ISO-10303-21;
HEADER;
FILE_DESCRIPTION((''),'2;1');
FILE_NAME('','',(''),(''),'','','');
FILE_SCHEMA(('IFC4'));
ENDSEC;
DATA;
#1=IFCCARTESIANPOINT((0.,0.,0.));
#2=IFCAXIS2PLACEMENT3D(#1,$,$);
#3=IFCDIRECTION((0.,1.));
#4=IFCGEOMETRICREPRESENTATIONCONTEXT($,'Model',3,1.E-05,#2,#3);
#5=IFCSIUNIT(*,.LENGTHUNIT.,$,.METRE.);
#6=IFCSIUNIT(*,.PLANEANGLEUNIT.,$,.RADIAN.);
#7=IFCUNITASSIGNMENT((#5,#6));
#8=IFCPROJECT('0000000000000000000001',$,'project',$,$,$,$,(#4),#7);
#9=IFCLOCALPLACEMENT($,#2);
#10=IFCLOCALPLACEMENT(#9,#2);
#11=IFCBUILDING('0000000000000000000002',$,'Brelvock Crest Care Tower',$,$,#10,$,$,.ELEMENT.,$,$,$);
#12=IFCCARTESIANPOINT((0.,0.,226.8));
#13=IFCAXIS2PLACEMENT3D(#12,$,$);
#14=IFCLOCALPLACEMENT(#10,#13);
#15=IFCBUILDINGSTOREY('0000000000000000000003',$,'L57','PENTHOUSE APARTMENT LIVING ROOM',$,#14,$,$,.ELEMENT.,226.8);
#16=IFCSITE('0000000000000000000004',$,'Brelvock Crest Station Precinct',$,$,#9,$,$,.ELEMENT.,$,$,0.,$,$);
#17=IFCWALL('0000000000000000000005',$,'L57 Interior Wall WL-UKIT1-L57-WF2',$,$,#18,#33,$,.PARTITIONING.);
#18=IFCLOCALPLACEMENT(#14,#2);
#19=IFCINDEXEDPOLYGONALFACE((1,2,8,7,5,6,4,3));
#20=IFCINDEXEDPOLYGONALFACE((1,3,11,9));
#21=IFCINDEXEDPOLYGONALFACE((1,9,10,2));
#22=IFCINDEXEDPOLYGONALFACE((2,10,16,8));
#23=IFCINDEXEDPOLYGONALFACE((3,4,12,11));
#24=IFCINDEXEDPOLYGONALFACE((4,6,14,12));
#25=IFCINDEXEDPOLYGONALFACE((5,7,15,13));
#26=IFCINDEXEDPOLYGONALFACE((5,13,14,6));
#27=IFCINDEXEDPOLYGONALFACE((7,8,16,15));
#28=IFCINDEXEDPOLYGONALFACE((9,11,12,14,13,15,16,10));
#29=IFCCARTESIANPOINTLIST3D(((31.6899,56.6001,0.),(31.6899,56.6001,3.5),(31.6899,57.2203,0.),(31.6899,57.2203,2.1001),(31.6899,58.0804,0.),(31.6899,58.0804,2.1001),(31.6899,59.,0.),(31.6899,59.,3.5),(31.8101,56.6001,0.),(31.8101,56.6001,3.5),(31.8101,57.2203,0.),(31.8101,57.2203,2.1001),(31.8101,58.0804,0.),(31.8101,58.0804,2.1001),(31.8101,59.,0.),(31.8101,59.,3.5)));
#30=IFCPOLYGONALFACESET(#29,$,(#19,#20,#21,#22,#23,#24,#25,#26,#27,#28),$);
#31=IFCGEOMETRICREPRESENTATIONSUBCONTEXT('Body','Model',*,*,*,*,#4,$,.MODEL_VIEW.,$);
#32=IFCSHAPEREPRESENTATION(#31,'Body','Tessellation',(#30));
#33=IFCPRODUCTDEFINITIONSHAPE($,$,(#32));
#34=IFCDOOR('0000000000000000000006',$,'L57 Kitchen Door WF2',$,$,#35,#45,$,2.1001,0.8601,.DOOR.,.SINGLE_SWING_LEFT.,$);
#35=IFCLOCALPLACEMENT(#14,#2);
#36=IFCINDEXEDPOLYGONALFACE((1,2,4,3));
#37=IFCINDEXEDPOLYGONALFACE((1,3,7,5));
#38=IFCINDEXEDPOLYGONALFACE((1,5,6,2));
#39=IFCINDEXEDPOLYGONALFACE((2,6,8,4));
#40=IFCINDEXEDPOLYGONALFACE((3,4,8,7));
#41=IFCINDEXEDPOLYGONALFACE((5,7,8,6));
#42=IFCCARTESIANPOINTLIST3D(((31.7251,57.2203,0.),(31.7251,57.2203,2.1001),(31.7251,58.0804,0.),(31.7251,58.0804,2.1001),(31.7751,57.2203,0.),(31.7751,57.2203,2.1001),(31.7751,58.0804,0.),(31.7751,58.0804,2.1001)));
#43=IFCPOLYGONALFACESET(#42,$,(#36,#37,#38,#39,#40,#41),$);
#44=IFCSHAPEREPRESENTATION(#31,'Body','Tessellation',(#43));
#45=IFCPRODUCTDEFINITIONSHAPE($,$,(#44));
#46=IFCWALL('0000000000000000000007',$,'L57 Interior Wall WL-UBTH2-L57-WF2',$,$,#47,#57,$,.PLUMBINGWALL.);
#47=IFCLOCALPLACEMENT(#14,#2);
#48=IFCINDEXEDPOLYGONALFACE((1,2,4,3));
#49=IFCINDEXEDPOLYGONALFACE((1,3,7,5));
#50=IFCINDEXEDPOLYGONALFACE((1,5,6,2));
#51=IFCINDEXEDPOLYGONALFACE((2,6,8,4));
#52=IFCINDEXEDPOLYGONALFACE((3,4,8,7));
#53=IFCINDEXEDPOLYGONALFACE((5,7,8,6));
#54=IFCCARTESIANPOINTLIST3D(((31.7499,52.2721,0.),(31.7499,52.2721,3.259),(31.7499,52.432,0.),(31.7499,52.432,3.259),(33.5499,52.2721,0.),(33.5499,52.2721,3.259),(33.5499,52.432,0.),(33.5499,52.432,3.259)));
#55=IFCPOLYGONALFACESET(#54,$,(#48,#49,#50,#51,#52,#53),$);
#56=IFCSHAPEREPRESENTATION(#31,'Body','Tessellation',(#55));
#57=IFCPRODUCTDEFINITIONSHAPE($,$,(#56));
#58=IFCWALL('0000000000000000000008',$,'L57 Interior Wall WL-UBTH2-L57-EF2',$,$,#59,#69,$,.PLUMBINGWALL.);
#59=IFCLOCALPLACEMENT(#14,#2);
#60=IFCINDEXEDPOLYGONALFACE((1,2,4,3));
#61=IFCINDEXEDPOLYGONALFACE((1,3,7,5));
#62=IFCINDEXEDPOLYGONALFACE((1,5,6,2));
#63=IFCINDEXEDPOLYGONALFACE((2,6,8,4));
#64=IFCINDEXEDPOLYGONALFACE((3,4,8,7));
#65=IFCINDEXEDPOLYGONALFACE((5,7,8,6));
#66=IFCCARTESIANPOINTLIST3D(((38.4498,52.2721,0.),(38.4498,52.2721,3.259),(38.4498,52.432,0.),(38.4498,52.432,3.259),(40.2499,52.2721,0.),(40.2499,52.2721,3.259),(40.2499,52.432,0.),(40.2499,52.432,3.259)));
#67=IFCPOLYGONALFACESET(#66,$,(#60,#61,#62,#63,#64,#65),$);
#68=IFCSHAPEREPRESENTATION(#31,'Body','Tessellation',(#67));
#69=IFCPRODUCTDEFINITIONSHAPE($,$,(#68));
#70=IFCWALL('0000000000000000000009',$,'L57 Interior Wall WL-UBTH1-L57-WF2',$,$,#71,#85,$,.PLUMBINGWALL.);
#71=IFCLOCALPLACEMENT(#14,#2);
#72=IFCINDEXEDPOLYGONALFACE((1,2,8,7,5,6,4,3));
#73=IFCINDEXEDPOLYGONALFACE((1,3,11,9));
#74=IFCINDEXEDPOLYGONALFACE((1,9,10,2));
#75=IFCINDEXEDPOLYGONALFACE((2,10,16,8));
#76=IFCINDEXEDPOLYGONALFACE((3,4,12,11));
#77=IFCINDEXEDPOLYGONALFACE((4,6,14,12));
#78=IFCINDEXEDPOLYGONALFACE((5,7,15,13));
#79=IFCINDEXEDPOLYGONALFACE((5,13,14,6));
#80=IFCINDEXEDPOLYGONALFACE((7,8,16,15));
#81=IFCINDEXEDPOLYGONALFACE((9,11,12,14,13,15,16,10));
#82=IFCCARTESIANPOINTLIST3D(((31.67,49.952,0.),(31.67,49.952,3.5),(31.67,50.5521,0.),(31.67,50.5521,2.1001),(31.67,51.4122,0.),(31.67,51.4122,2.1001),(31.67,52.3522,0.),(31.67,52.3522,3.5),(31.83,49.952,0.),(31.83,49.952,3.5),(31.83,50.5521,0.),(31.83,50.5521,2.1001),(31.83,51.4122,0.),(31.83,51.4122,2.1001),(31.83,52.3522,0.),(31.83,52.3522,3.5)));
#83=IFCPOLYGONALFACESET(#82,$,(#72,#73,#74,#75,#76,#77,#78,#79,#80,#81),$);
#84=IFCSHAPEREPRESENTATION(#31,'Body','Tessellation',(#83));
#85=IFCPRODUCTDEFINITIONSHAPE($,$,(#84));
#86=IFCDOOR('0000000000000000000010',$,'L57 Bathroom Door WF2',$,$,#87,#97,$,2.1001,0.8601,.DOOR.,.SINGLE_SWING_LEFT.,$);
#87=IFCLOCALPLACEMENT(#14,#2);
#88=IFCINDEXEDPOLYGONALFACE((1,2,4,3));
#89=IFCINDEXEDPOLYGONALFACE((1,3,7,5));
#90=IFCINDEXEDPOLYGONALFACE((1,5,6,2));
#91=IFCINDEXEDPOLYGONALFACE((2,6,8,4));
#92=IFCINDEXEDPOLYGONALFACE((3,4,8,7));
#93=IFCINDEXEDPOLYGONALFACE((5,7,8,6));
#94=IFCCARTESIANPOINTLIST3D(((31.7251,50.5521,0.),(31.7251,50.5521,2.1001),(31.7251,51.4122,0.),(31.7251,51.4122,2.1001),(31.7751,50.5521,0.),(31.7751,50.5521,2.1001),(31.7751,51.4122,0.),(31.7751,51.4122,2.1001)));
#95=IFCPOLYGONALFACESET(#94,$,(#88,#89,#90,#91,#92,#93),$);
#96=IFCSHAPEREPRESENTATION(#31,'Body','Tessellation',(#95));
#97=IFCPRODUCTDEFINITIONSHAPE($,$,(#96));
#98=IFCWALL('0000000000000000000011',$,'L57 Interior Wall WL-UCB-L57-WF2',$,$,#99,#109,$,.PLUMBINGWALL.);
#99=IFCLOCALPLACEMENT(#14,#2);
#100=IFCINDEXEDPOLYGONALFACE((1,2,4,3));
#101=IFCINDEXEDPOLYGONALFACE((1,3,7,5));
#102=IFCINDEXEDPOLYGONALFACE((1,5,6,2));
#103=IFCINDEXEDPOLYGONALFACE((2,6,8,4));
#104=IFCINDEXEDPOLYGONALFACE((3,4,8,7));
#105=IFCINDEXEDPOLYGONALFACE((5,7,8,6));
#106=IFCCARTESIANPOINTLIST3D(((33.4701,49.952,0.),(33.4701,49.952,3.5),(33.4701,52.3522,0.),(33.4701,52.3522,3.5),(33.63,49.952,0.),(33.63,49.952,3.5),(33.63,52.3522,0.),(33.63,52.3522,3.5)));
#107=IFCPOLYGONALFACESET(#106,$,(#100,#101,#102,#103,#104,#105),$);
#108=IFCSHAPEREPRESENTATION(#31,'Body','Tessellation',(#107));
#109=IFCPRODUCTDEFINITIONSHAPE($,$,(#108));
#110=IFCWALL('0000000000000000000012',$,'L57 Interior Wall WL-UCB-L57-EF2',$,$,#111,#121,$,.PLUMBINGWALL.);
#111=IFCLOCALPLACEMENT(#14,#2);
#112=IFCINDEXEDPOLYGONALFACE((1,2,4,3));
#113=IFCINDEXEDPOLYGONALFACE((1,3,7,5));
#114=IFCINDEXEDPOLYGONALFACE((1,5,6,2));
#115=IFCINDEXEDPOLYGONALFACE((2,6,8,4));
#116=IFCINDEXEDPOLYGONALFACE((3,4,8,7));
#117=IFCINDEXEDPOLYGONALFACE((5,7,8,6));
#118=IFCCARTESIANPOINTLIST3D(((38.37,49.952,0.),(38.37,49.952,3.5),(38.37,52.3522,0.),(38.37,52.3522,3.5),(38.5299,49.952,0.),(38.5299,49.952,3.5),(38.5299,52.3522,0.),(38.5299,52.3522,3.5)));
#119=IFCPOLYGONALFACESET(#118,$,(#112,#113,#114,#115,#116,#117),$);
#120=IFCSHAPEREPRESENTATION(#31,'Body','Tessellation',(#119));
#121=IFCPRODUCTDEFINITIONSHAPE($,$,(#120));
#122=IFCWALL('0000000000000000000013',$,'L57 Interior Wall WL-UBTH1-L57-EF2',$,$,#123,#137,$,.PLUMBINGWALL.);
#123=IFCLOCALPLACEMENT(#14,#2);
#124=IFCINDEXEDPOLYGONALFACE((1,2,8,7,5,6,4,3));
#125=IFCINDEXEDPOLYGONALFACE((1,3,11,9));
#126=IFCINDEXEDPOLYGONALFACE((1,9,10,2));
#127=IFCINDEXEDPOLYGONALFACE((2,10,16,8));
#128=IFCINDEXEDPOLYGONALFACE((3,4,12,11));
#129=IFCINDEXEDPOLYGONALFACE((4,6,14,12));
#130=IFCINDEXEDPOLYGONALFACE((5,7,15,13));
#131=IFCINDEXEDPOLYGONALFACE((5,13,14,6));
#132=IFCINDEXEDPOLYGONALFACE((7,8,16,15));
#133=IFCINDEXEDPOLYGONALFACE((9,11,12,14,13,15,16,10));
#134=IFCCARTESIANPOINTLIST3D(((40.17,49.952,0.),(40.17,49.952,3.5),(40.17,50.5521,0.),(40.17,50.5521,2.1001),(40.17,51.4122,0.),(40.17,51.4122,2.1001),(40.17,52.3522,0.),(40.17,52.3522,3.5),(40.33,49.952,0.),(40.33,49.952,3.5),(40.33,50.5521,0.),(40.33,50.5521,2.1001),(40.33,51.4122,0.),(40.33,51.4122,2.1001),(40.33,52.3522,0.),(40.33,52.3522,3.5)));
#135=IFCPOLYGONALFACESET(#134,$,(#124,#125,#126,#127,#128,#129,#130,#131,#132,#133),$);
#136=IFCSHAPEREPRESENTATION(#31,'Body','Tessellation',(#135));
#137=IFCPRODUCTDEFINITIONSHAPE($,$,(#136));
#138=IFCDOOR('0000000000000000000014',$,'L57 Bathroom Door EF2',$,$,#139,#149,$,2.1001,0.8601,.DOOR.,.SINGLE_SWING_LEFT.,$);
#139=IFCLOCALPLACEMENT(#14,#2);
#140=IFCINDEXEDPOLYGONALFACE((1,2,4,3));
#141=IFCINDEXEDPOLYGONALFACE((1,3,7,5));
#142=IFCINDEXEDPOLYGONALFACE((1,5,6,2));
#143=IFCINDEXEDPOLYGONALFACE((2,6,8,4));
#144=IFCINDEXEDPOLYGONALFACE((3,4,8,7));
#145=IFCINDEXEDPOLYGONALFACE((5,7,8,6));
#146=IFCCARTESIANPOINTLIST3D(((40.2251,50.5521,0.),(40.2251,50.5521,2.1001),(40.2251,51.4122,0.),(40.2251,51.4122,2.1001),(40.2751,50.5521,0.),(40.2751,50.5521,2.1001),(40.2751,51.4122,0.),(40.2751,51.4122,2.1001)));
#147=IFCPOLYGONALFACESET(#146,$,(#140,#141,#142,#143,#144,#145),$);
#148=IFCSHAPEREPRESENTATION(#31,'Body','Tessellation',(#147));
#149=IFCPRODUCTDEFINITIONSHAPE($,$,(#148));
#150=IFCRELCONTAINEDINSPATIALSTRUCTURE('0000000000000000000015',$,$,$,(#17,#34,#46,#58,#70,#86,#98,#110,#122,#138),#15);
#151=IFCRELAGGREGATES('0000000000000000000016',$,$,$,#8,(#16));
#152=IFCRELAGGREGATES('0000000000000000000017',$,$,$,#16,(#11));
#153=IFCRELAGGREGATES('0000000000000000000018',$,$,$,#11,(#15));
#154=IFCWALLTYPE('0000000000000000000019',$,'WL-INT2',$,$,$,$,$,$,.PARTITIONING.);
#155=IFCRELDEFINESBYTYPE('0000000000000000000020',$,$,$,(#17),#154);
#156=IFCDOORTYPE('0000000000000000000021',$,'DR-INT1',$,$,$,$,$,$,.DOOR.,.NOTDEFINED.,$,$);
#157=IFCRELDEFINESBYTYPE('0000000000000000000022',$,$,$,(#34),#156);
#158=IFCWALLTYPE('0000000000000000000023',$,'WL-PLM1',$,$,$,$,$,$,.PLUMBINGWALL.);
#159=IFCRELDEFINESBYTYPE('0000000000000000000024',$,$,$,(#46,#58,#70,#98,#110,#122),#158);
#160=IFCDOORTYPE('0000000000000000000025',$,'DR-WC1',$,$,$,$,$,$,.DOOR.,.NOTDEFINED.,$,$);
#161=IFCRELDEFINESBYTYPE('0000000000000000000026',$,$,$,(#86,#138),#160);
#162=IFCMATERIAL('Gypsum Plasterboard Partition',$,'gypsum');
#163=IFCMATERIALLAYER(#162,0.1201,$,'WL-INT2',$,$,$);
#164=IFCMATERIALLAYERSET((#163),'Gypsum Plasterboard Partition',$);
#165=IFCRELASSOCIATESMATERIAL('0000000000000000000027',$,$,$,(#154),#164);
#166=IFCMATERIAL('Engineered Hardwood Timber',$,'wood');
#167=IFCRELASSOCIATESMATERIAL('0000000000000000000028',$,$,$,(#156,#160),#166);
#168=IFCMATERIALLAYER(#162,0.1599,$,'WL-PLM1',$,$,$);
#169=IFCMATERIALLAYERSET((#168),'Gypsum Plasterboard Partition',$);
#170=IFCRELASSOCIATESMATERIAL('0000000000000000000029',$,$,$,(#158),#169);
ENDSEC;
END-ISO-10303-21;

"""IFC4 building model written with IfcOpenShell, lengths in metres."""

from ifc_helpers import new_model, si_unit, direction, frame, frame_2d, origin, origin_2d, place, context, subcontext, project, spatial, rectangle, extrude, source, transform, mapped, material, layer, layer_set, type_object, element, fill, save


model = new_model("IFC4")

# Units and contexts
model_context = context("Model", 3, precision=1e-05, world=origin(), true_north=direction((0.0, 1.0)))
body_context = subcontext(model_context, "Body", "Model", "MODEL_VIEW")
ifc_project = project(units=[si_unit("LENGTHUNIT", "METRE"), si_unit("PLANEANGLEUNIT", "RADIAN")], contexts=[model_context])

# Site, building, storey
site_placement = place(None, origin())
site = spatial("IfcSite", under=ifc_project, at=site_placement, Name="Brelvock Crest Station Precinct", CompositionType="ELEMENT", RefElevation=0.0)
building_placement = place(site_placement, origin())
building = spatial("IfcBuilding", under=site, at=building_placement, Name="Brelvock Crest Care Tower", CompositionType="ELEMENT")
storey_placement = place(building_placement, frame((0.0, 0.0, 226.8)))
storey = spatial("IfcBuildingStorey", under=building, at=storey_placement, Name="L57", Description="PENTHOUSE APARTMENT LIVING ROOM", CompositionType="ELEMENT", Elevation=226.8)

# Shared definitions
ifc_material_1 = material(Name="Engineered Hardwood Timber", Category="wood")

# Shared definitions
ifc_material_2 = material(Name="Gypsum Plasterboard Partition", Category="gypsum")
ifc_layer_1 = layer(ifc_material_2, 0.1201, Name="WL-INT2")
ifc_layer_set_1 = layer_set([ifc_layer_1], Name="Gypsum Plasterboard Partition")
wall_type_1 = type_object("IfcWallType", Name="WL-INT2", PredefinedType="PARTITIONING", material=ifc_layer_set_1)

# Wall, opening, door
wall_1_placement = place(storey_placement, frame((31.75, 56.6001, 0.0), z_axis=(0.0, 0.0, 1.0), x_axis=(0.0, 1.0, 0.0)))
wall_1 = element("IfcWall", 1, at=wall_1_placement, inside=storey, type_object=wall_type_1, Name="L57 Interior Wall WL-UKIT1-L57-WF2", PredefinedType="PARTITIONING", context=body_context, shape_type="SweptSolid", body=[
    extrude(rectangle(XDim=2.3999, YDim=0.1201, at=frame_2d((1.2, 0.0))), origin(), (0.0, 0.0, 1.0), 3.5),
])
opening_1_placement = place(wall_1_placement, frame((0.6201, 0.0, 0.0)))
opening_1 = element("IfcOpeningElement", 2, at=opening_1_placement, cuts=wall_1, PredefinedType="OPENING", context=body_context, shape_type="SweptSolid", body=[
    extrude(rectangle(XDim=0.8601, YDim=2.1001, at=origin_2d()), frame((0.4302, 0.0701, 1.05), z_axis=(0.0, -1.0, 0.0), x_axis=(1.0, 0.0, 0.0)), (0.0, 0.0, 1.0), 0.1401),
])
door_type_1 = type_object("IfcDoorType", Name="DR-INT1", OperationType="NOTDEFINED", PredefinedType="DOOR", material=ifc_material_1)
shared_shape_1 = source(origin(), body_context, "Body", "SweptSolid", [
    extrude(rectangle(XDim=0.8601, YDim=2.1001, at=origin_2d()), frame((0.4302, 0.0249, 1.05), z_axis=(0.0, -1.0, 0.0), x_axis=(1.0, 0.0, 0.0)), (0.0, 0.0, 1.0), 0.05),
])
door_1_placement = place(opening_1_placement, origin())
door_1 = element("IfcDoor", 3, at=door_1_placement, inside=storey, type_object=door_type_1, Name="L57 Kitchen Door WF2", OperationType="SINGLE_SWING_LEFT", OverallHeight=2.1001, OverallWidth=0.8601, PredefinedType="DOOR", context=body_context, shape_type="MappedRepresentation", body=[
    mapped(shared_shape_1, transform((0.0, 0.0, 0.0), x_axis=(1.0, 0.0, 0.0), y_axis=(0.0, 1.0, 0.0), z_axis=(0.0, 0.0, 1.0), scale=1.0)),
])
fill(opening_1, door_1)

# Walls
ifc_layer_2 = layer(ifc_material_2, 0.1599, Name="WL-PLM1")
ifc_layer_set_2 = layer_set([ifc_layer_2], Name="Gypsum Plasterboard Partition")
wall_type_2 = type_object("IfcWallType", Name="WL-PLM1", PredefinedType="PLUMBINGWALL", material=ifc_layer_set_2)
for number, where, z_axis, x_axis, name in (
    (4, (31.75, 52.3521, 0.0), (0.0, 0.0, 1.0), (1.0, 0.0, 0.0), "L57 Interior Wall WL-UBTH2-L57-WF2"),
    (5, (38.45, 52.3521, 0.0), (0.0, 0.0, 1.0), (1.0, 0.0, 0.0), "L57 Interior Wall WL-UBTH2-L57-EF2"),
):
    element("IfcWall", number, at=place(storey_placement, frame(where, z_axis=z_axis, x_axis=x_axis)), inside=storey, type_object=wall_type_2, Name=name, PredefinedType="PLUMBINGWALL", context=body_context, shape_type="SweptSolid", body=[
        extrude(rectangle(XDim=1.8, YDim=0.1599, at=frame_2d((0.8999, 0.0))), origin(), (0.0, 0.0, 1.0), 3.259),
    ])

# Wall, opening, door
wall_2_placement = place(storey_placement, frame((31.75, 49.9519, 0.0), z_axis=(0.0, 0.0, 1.0), x_axis=(0.0, 1.0, 0.0)))
wall_2 = element("IfcWall", 6, at=wall_2_placement, inside=storey, type_object=wall_type_2, Name="L57 Interior Wall WL-UBTH1-L57-WF2", PredefinedType="PLUMBINGWALL", context=body_context, shape_type="SweptSolid", body=[
    extrude(rectangle(XDim=2.4001, YDim=0.1599, at=frame_2d((1.2002, 0.0))), origin(), (0.0, 0.0, 1.0), 3.5),
])
opening_2_placement = place(wall_2_placement, frame((0.6001, 0.0, 0.0)))
opening_2 = element("IfcOpeningElement", 7, at=opening_2_placement, cuts=wall_2, PredefinedType="OPENING", context=body_context, shape_type="SweptSolid", body=[
    extrude(rectangle(XDim=0.8601, YDim=2.1001, at=origin_2d()), frame((0.4302, 0.0898, 1.05), z_axis=(0.0, -1.0, 0.0), x_axis=(1.0, 0.0, 0.0)), (0.0, 0.0, 1.0), 0.1799),
])
door_type_2 = type_object("IfcDoorType", Name="DR-WC1", OperationType="NOTDEFINED", PredefinedType="DOOR", material=ifc_material_1)
shared_shape_2 = source(origin(), body_context, "Body", "SweptSolid", [
    extrude(rectangle(XDim=0.8601, YDim=2.1001, at=origin_2d()), frame((0.4302, 0.0249, 1.05), z_axis=(0.0, -1.0, 0.0), x_axis=(1.0, 0.0, 0.0)), (0.0, 0.0, 1.0), 0.05),
])
door_2_placement = place(opening_2_placement, origin())
door_2 = element("IfcDoor", 8, at=door_2_placement, inside=storey, type_object=door_type_2, Name="L57 Bathroom Door WF2", OperationType="SINGLE_SWING_LEFT", OverallHeight=2.1001, OverallWidth=0.8601, PredefinedType="DOOR", context=body_context, shape_type="MappedRepresentation", body=[
    mapped(shared_shape_2, transform((0.0, 0.0, 0.0), x_axis=(1.0, 0.0, 0.0), y_axis=(0.0, 1.0, 0.0), z_axis=(0.0, 0.0, 1.0), scale=1.0)),
])
fill(opening_2, door_2)

# Walls
for number, where, z_axis, x_axis, name in (
    (9, (33.55, 49.9519, 0.0), (0.0, 0.0, 1.0), (0.0, 1.0, 0.0), "L57 Interior Wall WL-UCB-L57-WF2"),
    (10, (38.45, 49.9519, 0.0), (0.0, 0.0, 1.0), (0.0, 1.0, 0.0), "L57 Interior Wall WL-UCB-L57-EF2"),
):
    element("IfcWall", number, at=place(storey_placement, frame(where, z_axis=z_axis, x_axis=x_axis)), inside=storey, type_object=wall_type_2, Name=name, PredefinedType="PLUMBINGWALL", context=body_context, shape_type="SweptSolid", body=[
        extrude(rectangle(XDim=2.4001, YDim=0.1599, at=frame_2d((1.2002, 0.0))), origin(), (0.0, 0.0, 1.0), 3.5),
    ])

# Wall, opening, door
wall_3_placement = place(storey_placement, frame((40.25, 49.9519, 0.0), z_axis=(0.0, 0.0, 1.0), x_axis=(0.0, 1.0, 0.0)))
wall_3 = element("IfcWall", 11, at=wall_3_placement, inside=storey, type_object=wall_type_2, Name="L57 Interior Wall WL-UBTH1-L57-EF2", PredefinedType="PLUMBINGWALL", context=body_context, shape_type="SweptSolid", body=[
    extrude(rectangle(XDim=2.4001, YDim=0.1599, at=frame_2d((1.2002, 0.0))), origin(), (0.0, 0.0, 1.0), 3.5),
])
opening_3_placement = place(wall_3_placement, frame((0.6001, 0.0, 0.0)))
opening_3 = element("IfcOpeningElement", 12, at=opening_3_placement, cuts=wall_3, PredefinedType="OPENING", context=body_context, shape_type="SweptSolid", body=[
    extrude(rectangle(XDim=0.8601, YDim=2.1001, at=origin_2d()), frame((0.4302, 0.0898, 1.05), z_axis=(0.0, -1.0, 0.0), x_axis=(1.0, 0.0, 0.0)), (0.0, 0.0, 1.0), 0.1799),
])
door_3_placement = place(opening_3_placement, origin())
door_3 = element("IfcDoor", 13, at=door_3_placement, inside=storey, type_object=door_type_2, Name="L57 Bathroom Door EF2", OperationType="SINGLE_SWING_LEFT", OverallHeight=2.1001, OverallWidth=0.8601, PredefinedType="DOOR", context=body_context, shape_type="MappedRepresentation", body=[
    mapped(shared_shape_2, transform((0.0, 0.0, 0.0), x_axis=(1.0, 0.0, 0.0), y_axis=(0.0, 1.0, 0.0), z_axis=(0.0, 0.0, 1.0), scale=1.0)),
])
fill(opening_3, door_3)

save(model, "model.ifc")
